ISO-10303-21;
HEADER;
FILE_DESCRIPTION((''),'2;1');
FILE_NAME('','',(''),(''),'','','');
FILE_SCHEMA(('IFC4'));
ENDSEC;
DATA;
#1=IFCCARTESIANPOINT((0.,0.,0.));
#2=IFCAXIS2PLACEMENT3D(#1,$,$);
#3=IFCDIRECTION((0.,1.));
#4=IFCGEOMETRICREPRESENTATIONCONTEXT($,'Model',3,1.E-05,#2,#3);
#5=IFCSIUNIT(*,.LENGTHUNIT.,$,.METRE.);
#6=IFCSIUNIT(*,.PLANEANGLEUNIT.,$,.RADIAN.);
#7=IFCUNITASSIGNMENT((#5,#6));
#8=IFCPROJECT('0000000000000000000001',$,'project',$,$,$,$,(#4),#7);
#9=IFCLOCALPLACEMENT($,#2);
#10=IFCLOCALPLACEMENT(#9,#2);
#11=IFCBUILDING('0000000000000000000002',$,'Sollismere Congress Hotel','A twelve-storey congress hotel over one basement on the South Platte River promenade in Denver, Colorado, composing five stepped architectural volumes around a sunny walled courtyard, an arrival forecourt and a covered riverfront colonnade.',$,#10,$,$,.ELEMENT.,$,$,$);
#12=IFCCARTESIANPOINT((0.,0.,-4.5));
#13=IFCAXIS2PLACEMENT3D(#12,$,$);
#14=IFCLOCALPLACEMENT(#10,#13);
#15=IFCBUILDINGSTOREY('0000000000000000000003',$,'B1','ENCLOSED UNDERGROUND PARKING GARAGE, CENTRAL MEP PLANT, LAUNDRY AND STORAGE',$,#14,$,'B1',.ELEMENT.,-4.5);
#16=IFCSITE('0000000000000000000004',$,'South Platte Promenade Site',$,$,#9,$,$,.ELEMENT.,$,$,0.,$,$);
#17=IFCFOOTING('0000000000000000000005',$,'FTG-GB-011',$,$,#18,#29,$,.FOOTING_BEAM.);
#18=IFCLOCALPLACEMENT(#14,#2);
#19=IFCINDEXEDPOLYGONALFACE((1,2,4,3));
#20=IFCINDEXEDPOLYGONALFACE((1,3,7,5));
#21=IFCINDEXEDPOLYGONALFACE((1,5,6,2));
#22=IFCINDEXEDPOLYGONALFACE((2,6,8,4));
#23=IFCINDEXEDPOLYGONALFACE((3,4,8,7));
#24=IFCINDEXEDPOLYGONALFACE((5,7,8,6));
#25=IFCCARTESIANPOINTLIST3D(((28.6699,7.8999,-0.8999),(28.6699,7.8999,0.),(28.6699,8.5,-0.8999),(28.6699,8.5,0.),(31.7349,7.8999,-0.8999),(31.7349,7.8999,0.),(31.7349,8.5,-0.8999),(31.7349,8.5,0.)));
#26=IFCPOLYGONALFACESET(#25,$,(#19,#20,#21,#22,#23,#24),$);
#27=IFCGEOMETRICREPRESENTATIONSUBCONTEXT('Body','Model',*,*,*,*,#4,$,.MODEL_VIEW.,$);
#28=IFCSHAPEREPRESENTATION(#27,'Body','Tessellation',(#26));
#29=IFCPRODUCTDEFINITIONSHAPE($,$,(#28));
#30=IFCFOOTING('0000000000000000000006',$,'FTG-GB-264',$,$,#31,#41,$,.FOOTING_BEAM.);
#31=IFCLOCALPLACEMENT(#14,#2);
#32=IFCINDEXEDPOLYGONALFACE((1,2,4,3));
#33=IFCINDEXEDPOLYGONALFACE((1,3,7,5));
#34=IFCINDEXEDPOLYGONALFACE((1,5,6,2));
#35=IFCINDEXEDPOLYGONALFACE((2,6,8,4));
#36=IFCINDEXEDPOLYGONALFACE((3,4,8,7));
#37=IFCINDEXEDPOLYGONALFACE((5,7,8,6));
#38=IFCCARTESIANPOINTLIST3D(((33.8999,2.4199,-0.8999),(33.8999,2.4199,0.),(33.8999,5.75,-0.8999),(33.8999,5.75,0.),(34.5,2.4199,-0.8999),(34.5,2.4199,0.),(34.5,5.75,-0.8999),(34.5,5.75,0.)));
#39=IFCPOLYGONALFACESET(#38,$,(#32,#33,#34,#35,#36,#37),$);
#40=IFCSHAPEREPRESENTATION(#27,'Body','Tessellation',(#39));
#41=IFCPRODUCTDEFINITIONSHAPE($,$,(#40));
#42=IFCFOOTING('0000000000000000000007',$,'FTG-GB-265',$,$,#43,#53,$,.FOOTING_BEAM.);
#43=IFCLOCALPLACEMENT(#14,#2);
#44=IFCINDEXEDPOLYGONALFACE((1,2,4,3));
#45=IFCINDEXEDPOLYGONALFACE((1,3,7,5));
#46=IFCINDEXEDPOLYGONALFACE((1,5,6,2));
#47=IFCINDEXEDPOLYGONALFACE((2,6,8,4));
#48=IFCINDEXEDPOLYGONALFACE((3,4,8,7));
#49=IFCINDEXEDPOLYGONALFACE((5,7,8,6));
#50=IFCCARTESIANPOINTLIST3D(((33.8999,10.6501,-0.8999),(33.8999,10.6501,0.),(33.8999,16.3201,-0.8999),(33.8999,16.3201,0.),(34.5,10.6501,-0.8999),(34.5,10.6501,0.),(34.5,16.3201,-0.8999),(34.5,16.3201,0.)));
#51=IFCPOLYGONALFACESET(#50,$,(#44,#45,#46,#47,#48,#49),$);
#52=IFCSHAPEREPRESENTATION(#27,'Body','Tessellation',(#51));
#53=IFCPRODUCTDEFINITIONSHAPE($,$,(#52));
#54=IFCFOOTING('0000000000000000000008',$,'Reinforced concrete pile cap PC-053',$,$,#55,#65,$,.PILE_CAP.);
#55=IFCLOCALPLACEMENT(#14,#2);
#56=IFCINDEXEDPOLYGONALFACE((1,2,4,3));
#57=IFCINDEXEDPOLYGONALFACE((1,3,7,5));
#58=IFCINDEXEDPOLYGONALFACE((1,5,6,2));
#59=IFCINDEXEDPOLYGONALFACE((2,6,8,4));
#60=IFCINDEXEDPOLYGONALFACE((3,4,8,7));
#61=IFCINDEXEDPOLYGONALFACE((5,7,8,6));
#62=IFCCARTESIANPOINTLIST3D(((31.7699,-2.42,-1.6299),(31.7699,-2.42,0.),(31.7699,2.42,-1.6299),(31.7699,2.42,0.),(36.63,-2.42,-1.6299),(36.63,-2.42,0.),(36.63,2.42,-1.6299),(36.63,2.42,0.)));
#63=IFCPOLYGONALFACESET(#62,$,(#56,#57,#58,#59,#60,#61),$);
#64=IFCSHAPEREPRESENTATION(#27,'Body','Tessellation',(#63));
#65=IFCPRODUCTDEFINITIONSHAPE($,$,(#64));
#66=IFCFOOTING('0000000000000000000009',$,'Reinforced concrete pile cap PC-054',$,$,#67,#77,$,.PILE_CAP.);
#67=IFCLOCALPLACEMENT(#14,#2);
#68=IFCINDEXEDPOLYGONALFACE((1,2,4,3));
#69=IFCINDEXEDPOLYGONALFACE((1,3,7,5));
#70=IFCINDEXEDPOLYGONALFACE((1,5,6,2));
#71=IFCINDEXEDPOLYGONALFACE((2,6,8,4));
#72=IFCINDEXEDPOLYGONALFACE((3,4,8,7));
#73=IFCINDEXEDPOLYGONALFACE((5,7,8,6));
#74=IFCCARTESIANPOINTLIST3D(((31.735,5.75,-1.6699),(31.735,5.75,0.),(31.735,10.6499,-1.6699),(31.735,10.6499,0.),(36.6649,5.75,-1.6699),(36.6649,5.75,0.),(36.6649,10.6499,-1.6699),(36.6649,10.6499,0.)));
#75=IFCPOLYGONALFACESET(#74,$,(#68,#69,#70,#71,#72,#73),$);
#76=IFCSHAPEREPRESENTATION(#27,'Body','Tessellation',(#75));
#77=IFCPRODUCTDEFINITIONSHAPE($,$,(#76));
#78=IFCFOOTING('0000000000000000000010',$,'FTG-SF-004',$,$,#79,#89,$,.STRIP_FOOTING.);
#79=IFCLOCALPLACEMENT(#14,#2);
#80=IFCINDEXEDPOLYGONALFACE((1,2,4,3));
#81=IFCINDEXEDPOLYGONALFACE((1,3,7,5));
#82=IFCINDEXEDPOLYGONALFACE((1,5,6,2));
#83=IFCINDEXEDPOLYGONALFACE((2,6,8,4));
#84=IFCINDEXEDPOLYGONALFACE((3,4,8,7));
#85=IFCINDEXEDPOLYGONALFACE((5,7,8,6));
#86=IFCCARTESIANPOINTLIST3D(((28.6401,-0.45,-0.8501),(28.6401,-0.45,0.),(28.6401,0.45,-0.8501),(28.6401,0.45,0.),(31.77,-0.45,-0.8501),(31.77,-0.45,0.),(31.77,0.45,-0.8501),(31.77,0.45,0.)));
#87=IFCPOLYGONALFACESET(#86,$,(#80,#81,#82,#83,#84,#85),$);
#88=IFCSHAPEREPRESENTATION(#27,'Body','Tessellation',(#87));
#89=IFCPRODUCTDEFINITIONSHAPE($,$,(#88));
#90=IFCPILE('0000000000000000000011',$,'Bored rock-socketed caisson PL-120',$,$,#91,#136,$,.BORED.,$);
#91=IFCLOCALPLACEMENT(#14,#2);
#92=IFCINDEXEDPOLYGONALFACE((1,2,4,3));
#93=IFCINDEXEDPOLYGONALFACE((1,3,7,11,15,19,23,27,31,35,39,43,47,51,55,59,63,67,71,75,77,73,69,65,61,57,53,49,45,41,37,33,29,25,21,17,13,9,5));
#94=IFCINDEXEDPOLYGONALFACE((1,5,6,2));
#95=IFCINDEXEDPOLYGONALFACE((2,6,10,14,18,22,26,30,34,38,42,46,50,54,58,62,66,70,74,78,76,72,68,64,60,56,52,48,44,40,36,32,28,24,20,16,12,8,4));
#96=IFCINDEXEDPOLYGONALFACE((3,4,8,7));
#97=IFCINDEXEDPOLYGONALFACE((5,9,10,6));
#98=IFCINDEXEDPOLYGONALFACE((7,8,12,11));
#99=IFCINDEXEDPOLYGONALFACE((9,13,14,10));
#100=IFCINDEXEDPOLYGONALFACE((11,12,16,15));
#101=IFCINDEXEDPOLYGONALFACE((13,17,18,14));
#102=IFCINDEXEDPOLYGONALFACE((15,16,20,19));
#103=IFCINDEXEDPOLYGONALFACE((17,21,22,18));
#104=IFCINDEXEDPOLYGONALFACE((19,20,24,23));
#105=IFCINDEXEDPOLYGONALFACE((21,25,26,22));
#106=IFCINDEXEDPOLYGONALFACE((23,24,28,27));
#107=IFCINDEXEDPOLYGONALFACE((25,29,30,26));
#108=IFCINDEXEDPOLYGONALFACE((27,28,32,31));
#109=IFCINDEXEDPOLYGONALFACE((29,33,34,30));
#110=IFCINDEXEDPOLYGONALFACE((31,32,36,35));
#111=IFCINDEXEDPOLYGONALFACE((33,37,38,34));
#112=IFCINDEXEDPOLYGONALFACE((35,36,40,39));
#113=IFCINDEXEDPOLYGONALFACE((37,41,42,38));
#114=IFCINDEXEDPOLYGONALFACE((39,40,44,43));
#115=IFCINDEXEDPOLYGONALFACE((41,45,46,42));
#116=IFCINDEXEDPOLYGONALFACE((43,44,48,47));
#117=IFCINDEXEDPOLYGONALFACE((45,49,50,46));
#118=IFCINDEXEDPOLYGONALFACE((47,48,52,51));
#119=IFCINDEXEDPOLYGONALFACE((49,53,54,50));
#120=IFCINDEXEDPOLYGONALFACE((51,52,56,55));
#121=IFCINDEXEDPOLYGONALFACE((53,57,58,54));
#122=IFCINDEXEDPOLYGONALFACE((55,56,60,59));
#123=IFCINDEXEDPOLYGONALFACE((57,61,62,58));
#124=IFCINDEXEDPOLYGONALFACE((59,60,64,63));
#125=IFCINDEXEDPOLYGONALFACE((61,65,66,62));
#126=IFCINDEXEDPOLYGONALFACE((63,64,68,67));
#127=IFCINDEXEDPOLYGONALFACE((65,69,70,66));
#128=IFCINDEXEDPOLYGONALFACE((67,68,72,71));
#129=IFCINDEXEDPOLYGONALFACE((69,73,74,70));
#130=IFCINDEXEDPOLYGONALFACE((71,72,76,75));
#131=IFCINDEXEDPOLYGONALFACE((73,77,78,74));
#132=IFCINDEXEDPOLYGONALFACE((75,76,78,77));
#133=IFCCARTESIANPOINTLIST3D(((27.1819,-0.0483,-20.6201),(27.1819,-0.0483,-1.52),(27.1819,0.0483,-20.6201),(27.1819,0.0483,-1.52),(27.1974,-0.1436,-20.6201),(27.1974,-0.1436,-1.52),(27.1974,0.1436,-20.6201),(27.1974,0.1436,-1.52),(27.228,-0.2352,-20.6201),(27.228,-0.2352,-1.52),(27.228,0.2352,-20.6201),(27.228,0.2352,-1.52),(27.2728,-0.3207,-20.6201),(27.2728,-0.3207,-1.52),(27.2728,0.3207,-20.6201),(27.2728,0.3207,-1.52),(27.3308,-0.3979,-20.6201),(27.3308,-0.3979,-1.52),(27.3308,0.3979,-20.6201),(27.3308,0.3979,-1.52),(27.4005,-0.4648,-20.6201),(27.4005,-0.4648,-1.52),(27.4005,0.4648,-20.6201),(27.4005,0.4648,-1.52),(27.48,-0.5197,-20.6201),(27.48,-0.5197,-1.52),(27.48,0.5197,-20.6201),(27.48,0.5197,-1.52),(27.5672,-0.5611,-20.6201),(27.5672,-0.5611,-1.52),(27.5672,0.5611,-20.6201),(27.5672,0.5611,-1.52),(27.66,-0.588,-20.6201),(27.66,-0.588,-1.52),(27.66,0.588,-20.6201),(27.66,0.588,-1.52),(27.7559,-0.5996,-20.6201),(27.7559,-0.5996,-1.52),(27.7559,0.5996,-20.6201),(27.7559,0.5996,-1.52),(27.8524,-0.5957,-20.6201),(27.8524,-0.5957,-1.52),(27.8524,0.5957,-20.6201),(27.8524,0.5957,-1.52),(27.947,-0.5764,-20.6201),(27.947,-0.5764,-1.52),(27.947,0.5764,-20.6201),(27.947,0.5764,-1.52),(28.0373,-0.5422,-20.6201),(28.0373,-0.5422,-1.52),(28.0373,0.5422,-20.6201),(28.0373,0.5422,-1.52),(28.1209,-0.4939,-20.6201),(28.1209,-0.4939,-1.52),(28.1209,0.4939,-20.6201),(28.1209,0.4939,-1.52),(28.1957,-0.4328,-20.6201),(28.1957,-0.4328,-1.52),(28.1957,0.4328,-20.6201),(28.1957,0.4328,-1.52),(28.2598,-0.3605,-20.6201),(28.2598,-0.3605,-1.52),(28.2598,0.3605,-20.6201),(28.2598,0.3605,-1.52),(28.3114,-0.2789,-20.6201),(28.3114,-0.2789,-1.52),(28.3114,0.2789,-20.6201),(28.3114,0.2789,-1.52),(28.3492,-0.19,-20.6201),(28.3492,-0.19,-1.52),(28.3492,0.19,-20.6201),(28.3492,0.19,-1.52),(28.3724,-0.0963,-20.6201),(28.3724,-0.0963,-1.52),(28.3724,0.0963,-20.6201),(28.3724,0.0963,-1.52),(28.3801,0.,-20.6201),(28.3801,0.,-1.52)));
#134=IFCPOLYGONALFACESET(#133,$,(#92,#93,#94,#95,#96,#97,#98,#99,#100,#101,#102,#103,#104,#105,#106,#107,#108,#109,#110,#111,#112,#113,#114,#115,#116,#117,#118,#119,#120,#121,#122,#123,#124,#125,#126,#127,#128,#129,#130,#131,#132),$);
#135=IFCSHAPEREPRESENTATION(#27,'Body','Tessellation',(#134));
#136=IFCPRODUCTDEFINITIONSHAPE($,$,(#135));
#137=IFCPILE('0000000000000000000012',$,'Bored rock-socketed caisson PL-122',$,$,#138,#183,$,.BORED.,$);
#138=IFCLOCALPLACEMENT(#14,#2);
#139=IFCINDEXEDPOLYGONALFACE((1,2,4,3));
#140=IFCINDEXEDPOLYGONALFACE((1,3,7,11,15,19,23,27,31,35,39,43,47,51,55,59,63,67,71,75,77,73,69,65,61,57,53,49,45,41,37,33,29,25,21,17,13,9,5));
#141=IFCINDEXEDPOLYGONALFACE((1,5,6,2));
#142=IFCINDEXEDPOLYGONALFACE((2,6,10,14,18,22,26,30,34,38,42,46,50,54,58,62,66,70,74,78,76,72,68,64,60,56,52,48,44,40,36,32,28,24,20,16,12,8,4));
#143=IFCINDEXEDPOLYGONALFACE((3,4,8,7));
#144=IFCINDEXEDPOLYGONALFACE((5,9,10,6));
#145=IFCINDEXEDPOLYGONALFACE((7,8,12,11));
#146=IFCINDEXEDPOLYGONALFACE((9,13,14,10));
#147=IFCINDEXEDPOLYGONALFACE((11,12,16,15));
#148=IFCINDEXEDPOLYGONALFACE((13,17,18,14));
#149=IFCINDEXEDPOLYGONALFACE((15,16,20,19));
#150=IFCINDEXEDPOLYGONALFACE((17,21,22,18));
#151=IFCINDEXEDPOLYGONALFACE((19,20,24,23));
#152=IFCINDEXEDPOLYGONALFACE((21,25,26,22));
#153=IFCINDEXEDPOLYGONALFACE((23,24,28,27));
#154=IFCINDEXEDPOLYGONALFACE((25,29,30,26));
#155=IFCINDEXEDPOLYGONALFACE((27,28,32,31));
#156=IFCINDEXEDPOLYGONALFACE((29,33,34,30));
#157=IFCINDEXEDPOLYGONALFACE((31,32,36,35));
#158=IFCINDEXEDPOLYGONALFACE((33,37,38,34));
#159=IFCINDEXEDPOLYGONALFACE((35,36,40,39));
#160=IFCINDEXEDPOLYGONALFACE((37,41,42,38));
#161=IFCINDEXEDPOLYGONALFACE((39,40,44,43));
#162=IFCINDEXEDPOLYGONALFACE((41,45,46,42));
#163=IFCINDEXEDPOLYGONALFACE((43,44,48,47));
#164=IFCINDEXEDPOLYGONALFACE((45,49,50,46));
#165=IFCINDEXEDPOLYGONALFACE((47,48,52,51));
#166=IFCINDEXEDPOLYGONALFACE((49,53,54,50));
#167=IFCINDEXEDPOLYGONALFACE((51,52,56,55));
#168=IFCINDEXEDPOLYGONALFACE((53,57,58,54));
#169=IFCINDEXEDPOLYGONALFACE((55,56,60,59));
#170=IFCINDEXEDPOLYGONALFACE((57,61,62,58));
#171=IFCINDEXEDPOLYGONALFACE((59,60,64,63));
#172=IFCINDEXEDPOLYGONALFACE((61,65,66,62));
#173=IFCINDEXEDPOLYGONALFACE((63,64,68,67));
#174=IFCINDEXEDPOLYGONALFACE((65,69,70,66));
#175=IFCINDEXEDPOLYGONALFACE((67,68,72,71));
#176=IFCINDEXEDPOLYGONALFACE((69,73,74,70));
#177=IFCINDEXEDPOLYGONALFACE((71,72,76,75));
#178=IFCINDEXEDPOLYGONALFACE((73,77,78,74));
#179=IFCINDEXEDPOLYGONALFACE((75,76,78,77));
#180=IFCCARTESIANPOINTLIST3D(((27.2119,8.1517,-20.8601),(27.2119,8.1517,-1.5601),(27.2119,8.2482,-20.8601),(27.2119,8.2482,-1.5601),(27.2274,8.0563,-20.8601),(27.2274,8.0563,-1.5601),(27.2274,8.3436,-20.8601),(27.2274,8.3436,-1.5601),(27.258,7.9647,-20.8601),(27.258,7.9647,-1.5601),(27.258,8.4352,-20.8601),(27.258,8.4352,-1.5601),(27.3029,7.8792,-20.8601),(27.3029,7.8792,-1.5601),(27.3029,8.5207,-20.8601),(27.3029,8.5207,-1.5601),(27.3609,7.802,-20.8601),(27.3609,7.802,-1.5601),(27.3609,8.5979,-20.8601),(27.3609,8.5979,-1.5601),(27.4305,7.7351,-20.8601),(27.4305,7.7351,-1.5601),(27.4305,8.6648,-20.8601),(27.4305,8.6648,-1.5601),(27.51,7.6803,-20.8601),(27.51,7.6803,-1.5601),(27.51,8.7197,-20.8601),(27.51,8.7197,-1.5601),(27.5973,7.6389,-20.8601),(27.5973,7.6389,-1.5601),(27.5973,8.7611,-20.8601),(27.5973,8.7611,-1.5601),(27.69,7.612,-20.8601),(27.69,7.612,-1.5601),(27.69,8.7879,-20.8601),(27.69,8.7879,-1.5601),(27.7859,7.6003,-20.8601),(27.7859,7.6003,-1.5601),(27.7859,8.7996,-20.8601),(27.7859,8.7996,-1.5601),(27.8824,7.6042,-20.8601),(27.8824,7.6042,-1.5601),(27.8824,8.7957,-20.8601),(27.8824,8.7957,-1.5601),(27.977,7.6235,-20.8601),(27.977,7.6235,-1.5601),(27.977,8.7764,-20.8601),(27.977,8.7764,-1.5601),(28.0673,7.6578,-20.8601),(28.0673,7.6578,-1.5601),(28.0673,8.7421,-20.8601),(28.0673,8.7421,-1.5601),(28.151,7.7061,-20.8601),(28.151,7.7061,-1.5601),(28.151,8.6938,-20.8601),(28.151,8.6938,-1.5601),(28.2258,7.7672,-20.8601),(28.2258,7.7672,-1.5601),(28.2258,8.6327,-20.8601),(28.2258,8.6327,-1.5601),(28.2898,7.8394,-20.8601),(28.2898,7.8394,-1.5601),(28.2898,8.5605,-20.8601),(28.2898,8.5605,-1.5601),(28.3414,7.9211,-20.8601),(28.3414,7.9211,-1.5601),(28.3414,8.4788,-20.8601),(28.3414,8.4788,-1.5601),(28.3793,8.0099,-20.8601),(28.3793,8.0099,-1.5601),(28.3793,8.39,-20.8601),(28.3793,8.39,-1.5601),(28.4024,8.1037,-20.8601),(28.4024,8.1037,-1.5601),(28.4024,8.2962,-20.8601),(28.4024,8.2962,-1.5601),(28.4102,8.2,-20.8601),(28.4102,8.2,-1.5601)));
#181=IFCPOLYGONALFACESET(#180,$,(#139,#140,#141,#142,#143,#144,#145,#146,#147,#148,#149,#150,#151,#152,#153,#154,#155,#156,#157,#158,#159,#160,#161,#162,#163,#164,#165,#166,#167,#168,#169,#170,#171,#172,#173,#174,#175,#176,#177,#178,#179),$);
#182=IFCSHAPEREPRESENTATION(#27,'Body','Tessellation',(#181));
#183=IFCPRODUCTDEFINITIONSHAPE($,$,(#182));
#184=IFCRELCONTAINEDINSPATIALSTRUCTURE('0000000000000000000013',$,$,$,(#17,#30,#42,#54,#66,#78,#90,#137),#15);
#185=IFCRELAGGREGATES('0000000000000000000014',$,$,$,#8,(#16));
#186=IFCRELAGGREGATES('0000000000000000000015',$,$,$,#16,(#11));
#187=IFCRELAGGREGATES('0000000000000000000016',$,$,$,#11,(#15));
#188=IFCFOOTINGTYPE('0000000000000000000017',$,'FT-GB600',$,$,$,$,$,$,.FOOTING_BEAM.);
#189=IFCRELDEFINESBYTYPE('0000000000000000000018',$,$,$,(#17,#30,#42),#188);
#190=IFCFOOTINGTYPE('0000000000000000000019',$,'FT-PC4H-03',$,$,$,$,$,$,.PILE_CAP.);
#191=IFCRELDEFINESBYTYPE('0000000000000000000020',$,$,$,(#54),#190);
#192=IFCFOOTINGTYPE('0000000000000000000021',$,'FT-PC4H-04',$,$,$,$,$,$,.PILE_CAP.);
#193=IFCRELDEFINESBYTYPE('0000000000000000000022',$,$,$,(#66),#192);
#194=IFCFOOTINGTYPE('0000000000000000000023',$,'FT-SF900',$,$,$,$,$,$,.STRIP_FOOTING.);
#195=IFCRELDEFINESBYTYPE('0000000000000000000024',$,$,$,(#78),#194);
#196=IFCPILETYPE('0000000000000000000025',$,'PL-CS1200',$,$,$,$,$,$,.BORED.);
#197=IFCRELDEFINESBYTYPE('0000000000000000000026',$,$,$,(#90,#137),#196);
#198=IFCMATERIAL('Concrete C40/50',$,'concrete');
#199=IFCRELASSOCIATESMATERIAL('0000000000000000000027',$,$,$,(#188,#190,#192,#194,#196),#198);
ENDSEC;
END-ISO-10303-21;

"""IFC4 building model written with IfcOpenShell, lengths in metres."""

from ifc_helpers import new_model, si_unit, direction, frame, origin, origin_2d, place, context, subcontext, project, spatial, rectangle, circle, extrude, material, material_profile, profile_set, type_object, element, save


model = new_model("IFC4")

# Units and contexts
model_context = context("Model", 3, precision=1e-05, world=origin(), true_north=direction((0.0, 1.0)))
body_context = subcontext(model_context, "Body", "Model", "MODEL_VIEW")
ifc_project = project(units=[si_unit("LENGTHUNIT", "METRE"), si_unit("PLANEANGLEUNIT", "RADIAN")], contexts=[model_context])

# Site, building, storey
site_placement = place(None, origin())
site = spatial("IfcSite", under=ifc_project, at=site_placement, Name="South Platte Promenade Site", CompositionType="ELEMENT", RefElevation=0.0)
building_placement = place(site_placement, origin())
building = spatial("IfcBuilding", under=site, at=building_placement, Name="Sollismere Congress Hotel", Description="A twelve-storey congress hotel over one basement on the South Platte River promenade in Denver, Colorado, composing five stepped architectural volumes around a sunny walled courtyard, an arrival forecourt and a covered riverfront colonnade.", CompositionType="ELEMENT")
storey_placement = place(building_placement, frame((0.0, 0.0, -4.5)))
storey = spatial("IfcBuildingStorey", under=building, at=storey_placement, Name="B1", Description="ENCLOSED UNDERGROUND PARKING GARAGE, CENTRAL MEP PLANT, LAUNDRY AND STORAGE", LongName="B1", CompositionType="ELEMENT", Elevation=-4.5)

# Footings
ifc_material_1 = material(Name="Concrete C40/50", Category="concrete")
footing_type_1 = type_object("IfcFootingType", Name="FT-GB600", PredefinedType="FOOTING_BEAM", material=ifc_material_1)
footing_1_placement = place(storey_placement, frame((30.2024, 8.2, -0.8999), z_axis=(0.0, 0.0, 1.0), x_axis=(1.0, 0.0, 0.0)))
element("IfcFooting", 1, at=footing_1_placement, inside=storey, type_object=footing_type_1, Name="FTG-GB-011", PredefinedType="FOOTING_BEAM", context=body_context, shape_type="SweptSolid", body=[
    extrude(rectangle(XDim=3.0649, YDim=0.6001, at=origin_2d()), origin(), (0.0, 0.0, 1.0), 0.8999),
])
footing_2_placement = place(storey_placement, frame((34.2, 4.085, -0.8999), z_axis=(0.0, 0.0, 1.0), x_axis=(0.0, 1.0, 0.0)))
element("IfcFooting", 2, at=footing_2_placement, inside=storey, type_object=footing_type_1, Name="FTG-GB-264", PredefinedType="FOOTING_BEAM", context=body_context, shape_type="SweptSolid", body=[
    extrude(rectangle(XDim=3.3301, YDim=0.6001, at=origin_2d()), origin(), (0.0, 0.0, 1.0), 0.8999),
])
footing_3_placement = place(storey_placement, frame((34.2, 13.4851, -0.8999), z_axis=(0.0, 0.0, 1.0), x_axis=(0.0, 1.0, 0.0)))
element("IfcFooting", 3, at=footing_3_placement, inside=storey, type_object=footing_type_1, Name="FTG-GB-265", PredefinedType="FOOTING_BEAM", context=body_context, shape_type="SweptSolid", body=[
    extrude(rectangle(XDim=5.6699, YDim=0.6001, at=origin_2d()), origin(), (0.0, 0.0, 1.0), 0.8999),
])
footing_type_2 = type_object("IfcFootingType", Name="FT-PC4H-03", PredefinedType="PILE_CAP", material=ifc_material_1)
footing_4_placement = place(storey_placement, frame((34.2, 0.0, -1.6299), z_axis=(0.0, 0.0, 1.0), x_axis=(1.0, 0.0, 0.0)))
element("IfcFooting", 4, at=footing_4_placement, inside=storey, type_object=footing_type_2, Name="Reinforced concrete pile cap PC-053", PredefinedType="PILE_CAP", context=body_context, shape_type="SweptSolid", body=[
    extrude(rectangle(XDim=4.8601, YDim=4.8401, at=origin_2d()), origin(), (0.0, 0.0, 1.0), 1.6299),
])
footing_type_3 = type_object("IfcFootingType", Name="FT-PC4H-04", PredefinedType="PILE_CAP", material=ifc_material_1)
footing_5_placement = place(storey_placement, frame((34.2, 8.2, -1.6699), z_axis=(0.0, 0.0, 1.0), x_axis=(1.0, 0.0, 0.0)))
element("IfcFooting", 5, at=footing_5_placement, inside=storey, type_object=footing_type_3, Name="Reinforced concrete pile cap PC-054", PredefinedType="PILE_CAP", context=body_context, shape_type="SweptSolid", body=[
    extrude(rectangle(XDim=4.9299, YDim=4.8999, at=origin_2d()), origin(), (0.0, 0.0, 1.0), 1.6699),
])
footing_type_4 = type_object("IfcFootingType", Name="FT-SF900", PredefinedType="STRIP_FOOTING", material=ifc_material_1)
footing_6_placement = place(storey_placement, frame((30.2051, 0.0, -0.8501), z_axis=(0.0, 0.0, 1.0), x_axis=(1.0, 0.0, 0.0)))
element("IfcFooting", 6, at=footing_6_placement, inside=storey, type_object=footing_type_4, Name="FTG-SF-004", PredefinedType="STRIP_FOOTING", context=body_context, shape_type="SweptSolid", body=[
    extrude(rectangle(XDim=3.1299, YDim=0.8999, at=origin_2d()), origin(), (0.0, 0.0, 1.0), 0.8501),
])

# Piles
ifc_material_profile_1 = material_profile(ifc_material_1, circle(Radius=0.6001, at=origin_2d()), Name="CAISSON1200")
ifc_profile_set_1 = profile_set([ifc_material_profile_1], Name="Concrete C40/50")
pile_type = type_object("IfcPileType", Name="PL-CS1200", PredefinedType="BORED", material=ifc_profile_set_1)
pile_1_placement = place(storey_placement, frame((27.78, 0.0, -1.52), z_axis=(0.0, 0.0, -1.0), x_axis=(1.0, 0.0, 0.0)))
element("IfcPile", 7, at=pile_1_placement, inside=storey, type_object=pile_type, Name="Bored rock-socketed caisson PL-120", PredefinedType="BORED", context=body_context, shape_type="SweptSolid", body=[
    extrude(circle(Radius=0.6001, at=origin_2d()), origin(), (0.0, 0.0, 1.0), 19.1001),
])
pile_2_placement = place(storey_placement, frame((27.8101, 8.2, -1.5601), z_axis=(0.0, 0.0, -1.0), x_axis=(1.0, 0.0, 0.0)))
element("IfcPile", 8, at=pile_2_placement, inside=storey, type_object=pile_type, Name="Bored rock-socketed caisson PL-122", PredefinedType="BORED", context=body_context, shape_type="SweptSolid", body=[
    extrude(circle(Radius=0.6001, at=origin_2d()), origin(), (0.0, 0.0, 1.0), 19.3),
])

save(model, "model.ifc")
